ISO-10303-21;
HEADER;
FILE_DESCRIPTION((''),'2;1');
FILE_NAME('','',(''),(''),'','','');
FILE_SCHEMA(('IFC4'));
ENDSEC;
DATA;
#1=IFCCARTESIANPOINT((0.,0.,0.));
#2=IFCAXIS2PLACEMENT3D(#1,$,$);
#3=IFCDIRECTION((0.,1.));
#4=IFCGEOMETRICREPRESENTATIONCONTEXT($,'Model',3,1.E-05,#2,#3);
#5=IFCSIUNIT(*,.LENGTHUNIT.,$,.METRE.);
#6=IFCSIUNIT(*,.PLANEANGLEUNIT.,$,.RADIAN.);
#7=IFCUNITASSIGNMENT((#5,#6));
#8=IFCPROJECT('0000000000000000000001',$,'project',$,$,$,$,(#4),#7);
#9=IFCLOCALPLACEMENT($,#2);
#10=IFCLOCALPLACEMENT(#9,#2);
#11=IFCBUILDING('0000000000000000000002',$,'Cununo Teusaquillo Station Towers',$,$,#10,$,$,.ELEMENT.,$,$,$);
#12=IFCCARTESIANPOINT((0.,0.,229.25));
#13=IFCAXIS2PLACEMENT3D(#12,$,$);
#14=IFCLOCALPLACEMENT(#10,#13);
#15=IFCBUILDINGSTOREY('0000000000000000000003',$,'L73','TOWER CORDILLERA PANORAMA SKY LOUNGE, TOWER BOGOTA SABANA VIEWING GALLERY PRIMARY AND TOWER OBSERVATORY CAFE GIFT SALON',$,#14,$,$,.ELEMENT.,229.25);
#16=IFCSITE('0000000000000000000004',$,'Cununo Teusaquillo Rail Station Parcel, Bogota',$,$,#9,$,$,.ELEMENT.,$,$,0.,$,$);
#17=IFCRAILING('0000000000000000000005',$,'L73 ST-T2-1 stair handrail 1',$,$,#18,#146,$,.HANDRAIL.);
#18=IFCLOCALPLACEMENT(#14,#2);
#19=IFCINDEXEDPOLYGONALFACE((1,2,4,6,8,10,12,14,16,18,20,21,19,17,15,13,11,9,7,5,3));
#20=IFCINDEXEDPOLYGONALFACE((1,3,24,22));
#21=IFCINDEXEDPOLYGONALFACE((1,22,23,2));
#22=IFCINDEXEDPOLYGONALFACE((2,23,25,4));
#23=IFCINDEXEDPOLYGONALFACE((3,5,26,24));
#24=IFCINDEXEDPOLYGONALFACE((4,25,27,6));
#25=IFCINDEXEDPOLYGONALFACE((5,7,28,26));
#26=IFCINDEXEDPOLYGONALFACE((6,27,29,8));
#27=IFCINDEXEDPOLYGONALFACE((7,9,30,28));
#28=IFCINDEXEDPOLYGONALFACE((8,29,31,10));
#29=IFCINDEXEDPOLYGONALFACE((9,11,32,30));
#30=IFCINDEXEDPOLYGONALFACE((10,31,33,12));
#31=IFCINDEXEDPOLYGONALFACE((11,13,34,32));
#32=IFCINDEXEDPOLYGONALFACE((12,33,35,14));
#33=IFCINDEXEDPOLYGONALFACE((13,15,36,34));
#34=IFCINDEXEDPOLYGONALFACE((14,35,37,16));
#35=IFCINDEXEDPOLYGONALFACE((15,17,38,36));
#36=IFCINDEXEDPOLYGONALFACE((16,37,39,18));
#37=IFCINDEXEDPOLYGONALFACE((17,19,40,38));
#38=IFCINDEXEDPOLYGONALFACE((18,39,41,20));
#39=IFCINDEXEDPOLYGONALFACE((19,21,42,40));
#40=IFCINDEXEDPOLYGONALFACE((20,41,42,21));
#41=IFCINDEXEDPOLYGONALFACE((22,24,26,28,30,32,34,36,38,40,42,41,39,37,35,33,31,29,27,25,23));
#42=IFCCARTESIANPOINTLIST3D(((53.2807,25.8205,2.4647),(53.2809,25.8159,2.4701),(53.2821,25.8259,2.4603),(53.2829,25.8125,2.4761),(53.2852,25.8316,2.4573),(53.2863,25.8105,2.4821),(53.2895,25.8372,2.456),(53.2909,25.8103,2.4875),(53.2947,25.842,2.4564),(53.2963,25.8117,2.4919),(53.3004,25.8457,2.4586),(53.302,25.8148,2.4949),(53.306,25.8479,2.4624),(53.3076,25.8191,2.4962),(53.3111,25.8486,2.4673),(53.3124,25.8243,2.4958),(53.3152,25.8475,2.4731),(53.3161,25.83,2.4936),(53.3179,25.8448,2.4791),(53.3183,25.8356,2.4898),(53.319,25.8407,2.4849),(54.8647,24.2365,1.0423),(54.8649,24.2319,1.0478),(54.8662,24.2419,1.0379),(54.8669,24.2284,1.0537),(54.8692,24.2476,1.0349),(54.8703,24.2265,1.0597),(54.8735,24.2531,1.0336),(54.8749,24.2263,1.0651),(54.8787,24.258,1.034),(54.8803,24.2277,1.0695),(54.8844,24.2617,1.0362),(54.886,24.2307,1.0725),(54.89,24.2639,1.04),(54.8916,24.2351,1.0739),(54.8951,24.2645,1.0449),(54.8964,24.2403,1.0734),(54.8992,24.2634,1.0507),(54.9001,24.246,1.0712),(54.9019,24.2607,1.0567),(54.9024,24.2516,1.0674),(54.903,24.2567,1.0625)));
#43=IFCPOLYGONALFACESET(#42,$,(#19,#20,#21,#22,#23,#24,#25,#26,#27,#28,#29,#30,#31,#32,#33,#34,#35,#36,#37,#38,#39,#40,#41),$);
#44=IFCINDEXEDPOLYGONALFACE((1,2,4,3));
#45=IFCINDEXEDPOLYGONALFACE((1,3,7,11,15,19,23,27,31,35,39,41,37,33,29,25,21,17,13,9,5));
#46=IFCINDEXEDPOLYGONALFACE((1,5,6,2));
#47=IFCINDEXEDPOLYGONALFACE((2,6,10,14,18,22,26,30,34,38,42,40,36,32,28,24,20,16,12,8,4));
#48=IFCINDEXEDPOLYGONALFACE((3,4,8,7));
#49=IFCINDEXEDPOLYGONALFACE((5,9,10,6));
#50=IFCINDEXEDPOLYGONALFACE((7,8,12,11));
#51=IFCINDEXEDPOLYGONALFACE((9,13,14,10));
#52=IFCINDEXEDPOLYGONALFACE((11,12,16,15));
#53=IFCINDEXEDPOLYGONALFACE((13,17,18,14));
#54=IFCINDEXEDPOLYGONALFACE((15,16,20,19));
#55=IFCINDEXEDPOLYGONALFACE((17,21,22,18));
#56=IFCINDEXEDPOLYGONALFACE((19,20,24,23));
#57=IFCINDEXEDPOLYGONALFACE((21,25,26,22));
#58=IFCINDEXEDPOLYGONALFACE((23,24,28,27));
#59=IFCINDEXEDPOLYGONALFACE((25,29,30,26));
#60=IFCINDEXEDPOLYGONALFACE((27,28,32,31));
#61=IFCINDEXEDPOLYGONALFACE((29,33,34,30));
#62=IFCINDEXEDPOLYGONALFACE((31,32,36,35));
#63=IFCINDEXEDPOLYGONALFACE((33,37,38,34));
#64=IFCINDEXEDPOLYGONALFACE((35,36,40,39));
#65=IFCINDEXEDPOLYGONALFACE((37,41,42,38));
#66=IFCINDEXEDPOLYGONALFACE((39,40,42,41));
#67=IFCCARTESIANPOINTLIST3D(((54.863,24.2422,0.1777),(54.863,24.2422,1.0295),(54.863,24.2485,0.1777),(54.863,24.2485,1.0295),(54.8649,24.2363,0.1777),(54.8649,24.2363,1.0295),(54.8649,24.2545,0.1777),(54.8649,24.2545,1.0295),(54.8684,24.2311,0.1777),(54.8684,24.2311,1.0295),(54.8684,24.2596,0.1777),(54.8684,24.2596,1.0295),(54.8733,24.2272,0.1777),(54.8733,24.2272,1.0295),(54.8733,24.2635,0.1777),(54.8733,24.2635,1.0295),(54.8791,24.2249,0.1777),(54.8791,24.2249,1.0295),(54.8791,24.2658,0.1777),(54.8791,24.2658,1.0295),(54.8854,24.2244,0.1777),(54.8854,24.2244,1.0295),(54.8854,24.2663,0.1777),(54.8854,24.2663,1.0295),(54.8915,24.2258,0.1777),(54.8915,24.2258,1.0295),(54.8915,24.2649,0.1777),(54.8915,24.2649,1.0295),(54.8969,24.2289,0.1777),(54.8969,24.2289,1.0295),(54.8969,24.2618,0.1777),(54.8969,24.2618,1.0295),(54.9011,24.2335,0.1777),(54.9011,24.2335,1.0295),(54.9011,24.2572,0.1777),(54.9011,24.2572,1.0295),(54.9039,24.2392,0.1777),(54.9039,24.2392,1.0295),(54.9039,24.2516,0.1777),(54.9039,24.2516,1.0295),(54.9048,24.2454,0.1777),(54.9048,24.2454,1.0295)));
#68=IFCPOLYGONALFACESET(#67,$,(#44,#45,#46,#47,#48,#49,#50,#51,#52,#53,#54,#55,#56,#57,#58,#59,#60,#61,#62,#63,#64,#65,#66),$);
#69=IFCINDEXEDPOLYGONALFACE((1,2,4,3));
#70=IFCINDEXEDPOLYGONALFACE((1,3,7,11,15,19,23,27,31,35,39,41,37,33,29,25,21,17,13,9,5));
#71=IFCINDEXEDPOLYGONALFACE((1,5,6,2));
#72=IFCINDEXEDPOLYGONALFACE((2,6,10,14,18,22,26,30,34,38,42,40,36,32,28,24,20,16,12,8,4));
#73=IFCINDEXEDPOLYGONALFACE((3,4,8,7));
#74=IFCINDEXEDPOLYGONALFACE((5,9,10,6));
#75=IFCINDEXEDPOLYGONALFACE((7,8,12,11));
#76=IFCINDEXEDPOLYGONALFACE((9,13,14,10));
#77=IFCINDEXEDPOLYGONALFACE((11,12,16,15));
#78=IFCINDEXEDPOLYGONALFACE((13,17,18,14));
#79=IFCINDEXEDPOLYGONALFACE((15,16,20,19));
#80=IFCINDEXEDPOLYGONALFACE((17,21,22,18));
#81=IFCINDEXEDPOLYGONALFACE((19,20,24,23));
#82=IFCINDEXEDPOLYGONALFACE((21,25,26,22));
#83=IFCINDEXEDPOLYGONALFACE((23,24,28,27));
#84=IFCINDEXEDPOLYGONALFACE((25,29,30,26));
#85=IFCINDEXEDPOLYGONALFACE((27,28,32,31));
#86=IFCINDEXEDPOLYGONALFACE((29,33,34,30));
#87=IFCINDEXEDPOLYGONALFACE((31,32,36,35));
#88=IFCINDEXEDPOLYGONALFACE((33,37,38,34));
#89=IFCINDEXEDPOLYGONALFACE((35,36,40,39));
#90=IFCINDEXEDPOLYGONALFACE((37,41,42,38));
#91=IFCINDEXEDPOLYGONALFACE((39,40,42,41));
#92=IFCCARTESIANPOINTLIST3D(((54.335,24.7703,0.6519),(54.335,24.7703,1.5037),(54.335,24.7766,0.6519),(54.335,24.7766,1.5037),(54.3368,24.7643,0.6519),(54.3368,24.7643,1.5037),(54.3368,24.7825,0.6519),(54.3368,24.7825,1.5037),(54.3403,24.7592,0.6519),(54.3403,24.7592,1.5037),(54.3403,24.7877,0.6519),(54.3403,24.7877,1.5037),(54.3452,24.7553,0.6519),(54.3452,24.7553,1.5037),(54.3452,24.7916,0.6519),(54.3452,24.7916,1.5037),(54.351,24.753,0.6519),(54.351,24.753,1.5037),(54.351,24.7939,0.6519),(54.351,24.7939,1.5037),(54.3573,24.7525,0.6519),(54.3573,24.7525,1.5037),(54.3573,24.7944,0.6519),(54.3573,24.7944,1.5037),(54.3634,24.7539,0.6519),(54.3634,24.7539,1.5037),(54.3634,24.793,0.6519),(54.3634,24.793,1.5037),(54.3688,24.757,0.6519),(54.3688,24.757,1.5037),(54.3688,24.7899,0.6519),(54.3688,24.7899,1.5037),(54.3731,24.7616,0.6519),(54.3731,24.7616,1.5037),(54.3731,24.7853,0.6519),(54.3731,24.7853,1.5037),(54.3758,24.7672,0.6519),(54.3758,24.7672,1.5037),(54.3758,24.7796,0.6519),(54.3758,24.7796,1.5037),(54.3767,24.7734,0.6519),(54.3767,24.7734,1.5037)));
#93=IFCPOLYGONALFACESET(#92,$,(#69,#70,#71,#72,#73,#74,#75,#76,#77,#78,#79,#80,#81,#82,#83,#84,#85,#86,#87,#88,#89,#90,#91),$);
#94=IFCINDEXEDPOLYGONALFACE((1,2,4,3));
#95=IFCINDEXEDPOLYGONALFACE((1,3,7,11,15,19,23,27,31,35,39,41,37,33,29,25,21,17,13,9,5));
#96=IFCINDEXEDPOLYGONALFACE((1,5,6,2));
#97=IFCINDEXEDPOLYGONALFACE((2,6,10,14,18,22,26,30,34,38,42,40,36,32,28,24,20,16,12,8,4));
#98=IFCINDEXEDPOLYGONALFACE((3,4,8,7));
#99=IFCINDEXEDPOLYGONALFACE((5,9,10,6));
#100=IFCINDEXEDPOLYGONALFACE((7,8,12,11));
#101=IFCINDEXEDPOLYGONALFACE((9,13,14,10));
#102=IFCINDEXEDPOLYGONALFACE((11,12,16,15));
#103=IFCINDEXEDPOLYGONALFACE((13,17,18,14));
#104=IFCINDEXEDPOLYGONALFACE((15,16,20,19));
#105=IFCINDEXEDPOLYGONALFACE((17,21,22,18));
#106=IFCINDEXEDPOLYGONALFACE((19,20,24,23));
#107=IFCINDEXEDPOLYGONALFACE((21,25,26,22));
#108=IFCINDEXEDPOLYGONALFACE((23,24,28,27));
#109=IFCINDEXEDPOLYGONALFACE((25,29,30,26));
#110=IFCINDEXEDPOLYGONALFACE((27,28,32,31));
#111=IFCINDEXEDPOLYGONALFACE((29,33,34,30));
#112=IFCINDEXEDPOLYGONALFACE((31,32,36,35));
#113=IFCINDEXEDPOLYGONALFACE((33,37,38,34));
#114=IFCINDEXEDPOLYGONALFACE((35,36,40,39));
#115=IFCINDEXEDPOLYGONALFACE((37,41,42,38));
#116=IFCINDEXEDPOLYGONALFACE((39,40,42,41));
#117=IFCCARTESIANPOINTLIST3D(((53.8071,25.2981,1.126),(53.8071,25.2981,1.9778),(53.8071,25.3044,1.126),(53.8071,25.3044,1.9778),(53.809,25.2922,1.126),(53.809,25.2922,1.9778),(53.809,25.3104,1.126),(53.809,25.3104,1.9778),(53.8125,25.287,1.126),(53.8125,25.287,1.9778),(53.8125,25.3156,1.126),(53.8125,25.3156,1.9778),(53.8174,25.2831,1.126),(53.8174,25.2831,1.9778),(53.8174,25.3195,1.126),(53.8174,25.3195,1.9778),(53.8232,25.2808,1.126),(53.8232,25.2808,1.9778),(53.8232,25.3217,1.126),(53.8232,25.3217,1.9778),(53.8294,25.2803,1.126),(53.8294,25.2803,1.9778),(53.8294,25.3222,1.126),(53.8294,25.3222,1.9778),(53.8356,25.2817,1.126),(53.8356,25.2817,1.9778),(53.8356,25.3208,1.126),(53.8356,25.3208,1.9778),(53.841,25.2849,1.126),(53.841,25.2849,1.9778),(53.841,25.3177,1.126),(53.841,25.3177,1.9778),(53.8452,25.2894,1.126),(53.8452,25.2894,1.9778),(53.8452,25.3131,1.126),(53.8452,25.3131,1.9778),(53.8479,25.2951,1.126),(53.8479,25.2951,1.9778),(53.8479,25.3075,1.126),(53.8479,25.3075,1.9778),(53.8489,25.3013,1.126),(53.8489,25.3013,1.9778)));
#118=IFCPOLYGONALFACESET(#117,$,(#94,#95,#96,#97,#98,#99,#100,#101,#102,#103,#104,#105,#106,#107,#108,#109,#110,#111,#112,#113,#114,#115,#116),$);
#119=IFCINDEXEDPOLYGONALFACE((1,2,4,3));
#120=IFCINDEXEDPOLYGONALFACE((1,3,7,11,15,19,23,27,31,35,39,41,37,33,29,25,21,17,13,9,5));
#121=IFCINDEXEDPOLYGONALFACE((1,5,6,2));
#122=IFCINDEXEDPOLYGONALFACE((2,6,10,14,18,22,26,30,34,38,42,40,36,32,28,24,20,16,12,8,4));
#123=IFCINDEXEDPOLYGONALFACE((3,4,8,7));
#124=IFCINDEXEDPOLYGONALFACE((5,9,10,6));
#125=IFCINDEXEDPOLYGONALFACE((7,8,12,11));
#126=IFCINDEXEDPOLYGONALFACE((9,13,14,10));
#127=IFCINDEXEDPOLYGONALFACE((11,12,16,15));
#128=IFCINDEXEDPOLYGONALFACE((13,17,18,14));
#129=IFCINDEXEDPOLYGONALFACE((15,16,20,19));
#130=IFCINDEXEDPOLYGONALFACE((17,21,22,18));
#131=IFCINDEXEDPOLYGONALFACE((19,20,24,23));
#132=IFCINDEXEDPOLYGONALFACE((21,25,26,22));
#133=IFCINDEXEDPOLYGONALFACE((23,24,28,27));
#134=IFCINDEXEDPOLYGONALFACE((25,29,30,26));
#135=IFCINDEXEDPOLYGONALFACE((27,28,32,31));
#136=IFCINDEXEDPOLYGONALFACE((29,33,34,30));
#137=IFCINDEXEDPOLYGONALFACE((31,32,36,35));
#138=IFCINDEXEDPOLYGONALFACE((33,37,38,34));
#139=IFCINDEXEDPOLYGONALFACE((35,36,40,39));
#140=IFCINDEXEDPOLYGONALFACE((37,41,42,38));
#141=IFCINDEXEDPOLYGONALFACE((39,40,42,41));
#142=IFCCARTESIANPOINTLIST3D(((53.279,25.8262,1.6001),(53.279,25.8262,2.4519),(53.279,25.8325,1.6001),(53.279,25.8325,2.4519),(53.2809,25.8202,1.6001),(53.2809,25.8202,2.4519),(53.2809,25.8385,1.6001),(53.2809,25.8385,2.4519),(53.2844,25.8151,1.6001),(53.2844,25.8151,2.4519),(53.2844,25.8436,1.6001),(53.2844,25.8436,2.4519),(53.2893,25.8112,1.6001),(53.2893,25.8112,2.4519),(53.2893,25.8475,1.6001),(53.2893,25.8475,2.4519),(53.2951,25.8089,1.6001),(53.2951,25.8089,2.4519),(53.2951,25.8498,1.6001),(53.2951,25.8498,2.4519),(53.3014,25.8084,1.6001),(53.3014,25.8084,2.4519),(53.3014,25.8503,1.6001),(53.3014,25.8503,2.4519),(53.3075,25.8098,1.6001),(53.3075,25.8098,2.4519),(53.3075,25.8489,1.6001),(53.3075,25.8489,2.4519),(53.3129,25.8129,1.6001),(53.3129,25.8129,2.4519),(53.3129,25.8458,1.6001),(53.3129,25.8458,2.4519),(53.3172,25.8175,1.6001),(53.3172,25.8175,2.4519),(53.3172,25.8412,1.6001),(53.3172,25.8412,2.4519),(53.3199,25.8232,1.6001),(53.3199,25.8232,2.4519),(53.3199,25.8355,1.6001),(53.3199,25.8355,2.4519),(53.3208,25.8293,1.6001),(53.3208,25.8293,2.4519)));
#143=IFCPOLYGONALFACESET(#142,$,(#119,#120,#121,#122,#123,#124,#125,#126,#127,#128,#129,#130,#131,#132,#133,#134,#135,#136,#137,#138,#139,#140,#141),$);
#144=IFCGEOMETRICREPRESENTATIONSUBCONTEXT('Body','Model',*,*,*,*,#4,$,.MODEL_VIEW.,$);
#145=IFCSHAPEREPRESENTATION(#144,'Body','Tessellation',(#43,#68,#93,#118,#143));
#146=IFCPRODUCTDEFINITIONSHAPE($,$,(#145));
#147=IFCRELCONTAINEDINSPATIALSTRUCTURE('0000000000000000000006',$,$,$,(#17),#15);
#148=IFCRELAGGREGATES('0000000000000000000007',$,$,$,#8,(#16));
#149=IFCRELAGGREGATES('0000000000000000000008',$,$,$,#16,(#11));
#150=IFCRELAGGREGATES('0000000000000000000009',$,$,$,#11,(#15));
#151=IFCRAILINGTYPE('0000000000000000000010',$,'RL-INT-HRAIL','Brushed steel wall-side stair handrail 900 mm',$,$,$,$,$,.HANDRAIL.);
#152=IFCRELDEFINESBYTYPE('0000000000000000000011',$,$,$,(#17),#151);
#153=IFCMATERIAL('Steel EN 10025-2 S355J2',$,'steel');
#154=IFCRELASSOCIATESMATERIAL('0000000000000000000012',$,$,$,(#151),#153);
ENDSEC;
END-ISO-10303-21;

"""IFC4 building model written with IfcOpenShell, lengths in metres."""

from ifc_helpers import new_model, si_unit, direction, frame, origin, origin_2d, place, context, subcontext, project, spatial, circle, extrude, material, type_object, element, save


model = new_model("IFC4")

# Units and contexts
model_context = context("Model", 3, precision=1e-05, world=origin(), true_north=direction((0.0, 1.0)))
body_context = subcontext(model_context, "Body", "Model", "MODEL_VIEW")
ifc_project = project(units=[si_unit("LENGTHUNIT", "METRE"), si_unit("PLANEANGLEUNIT", "RADIAN")], contexts=[model_context])

# Site, building, storey
site_placement = place(None, origin())
site = spatial("IfcSite", under=ifc_project, at=site_placement, Name="Cununo Teusaquillo Rail Station Parcel, Bogota", CompositionType="ELEMENT", RefElevation=0.0)
building_placement = place(site_placement, origin())
building = spatial("IfcBuilding", under=site, at=building_placement, Name="Cununo Teusaquillo Station Towers", CompositionType="ELEMENT")
storey_placement = place(building_placement, frame((0.0, 0.0, 229.25)))
storey = spatial("IfcBuildingStorey", under=building, at=storey_placement, Name="L73", Description="TOWER CORDILLERA PANORAMA SKY LOUNGE, TOWER BOGOTA SABANA VIEWING GALLERY PRIMARY AND TOWER OBSERVATORY CAFE GIFT SALON", CompositionType="ELEMENT", Elevation=229.25)

# Railing
ifc_material_1 = material(Name="Steel EN 10025-2 S355J2", Category="steel")
railing_type_1 = type_object("IfcRailingType", Name="RL-INT-HRAIL", Description="Brushed steel wall-side stair handrail 900 mm", PredefinedType="HANDRAIL", material=ifc_material_1)
railing_1_placement = place(storey_placement, frame((54.8838, 24.2454, 0.1777)))
element("IfcRailing", 1, at=railing_1_placement, inside=storey, type_object=railing_type_1, Name="L73 ST-T2-1 stair handrail 1", PredefinedType="HANDRAIL", context=body_context, shape_type="SweptSolid", body=[
    extrude(circle(Radius=0.0239, at=origin_2d()), frame((0.0, 0.0, 0.876), z_axis=(-0.596939, 0.596939, 0.53603), x_axis=(-0.707107, -0.707107, 0.0)), (0.0, 0.0, 1.0), 2.6536),
    extrude(circle(Radius=0.021, at=origin_2d()), origin(), (0.0, 0.0, 1.0), 0.8518),
    extrude(circle(Radius=0.021, at=origin_2d()), frame((-0.5281, 0.5281, 0.4741)), (0.0, 0.0, 1.0), 0.8518),
    extrude(circle(Radius=0.021, at=origin_2d()), frame((-1.0559, 1.0559, 0.9482)), (0.0, 0.0, 1.0), 0.8518),
    extrude(circle(Radius=0.021, at=origin_2d()), frame((-1.584, 1.584, 1.4224)), (0.0, 0.0, 1.0), 0.8518),
])

save(model, "model.ifc")
